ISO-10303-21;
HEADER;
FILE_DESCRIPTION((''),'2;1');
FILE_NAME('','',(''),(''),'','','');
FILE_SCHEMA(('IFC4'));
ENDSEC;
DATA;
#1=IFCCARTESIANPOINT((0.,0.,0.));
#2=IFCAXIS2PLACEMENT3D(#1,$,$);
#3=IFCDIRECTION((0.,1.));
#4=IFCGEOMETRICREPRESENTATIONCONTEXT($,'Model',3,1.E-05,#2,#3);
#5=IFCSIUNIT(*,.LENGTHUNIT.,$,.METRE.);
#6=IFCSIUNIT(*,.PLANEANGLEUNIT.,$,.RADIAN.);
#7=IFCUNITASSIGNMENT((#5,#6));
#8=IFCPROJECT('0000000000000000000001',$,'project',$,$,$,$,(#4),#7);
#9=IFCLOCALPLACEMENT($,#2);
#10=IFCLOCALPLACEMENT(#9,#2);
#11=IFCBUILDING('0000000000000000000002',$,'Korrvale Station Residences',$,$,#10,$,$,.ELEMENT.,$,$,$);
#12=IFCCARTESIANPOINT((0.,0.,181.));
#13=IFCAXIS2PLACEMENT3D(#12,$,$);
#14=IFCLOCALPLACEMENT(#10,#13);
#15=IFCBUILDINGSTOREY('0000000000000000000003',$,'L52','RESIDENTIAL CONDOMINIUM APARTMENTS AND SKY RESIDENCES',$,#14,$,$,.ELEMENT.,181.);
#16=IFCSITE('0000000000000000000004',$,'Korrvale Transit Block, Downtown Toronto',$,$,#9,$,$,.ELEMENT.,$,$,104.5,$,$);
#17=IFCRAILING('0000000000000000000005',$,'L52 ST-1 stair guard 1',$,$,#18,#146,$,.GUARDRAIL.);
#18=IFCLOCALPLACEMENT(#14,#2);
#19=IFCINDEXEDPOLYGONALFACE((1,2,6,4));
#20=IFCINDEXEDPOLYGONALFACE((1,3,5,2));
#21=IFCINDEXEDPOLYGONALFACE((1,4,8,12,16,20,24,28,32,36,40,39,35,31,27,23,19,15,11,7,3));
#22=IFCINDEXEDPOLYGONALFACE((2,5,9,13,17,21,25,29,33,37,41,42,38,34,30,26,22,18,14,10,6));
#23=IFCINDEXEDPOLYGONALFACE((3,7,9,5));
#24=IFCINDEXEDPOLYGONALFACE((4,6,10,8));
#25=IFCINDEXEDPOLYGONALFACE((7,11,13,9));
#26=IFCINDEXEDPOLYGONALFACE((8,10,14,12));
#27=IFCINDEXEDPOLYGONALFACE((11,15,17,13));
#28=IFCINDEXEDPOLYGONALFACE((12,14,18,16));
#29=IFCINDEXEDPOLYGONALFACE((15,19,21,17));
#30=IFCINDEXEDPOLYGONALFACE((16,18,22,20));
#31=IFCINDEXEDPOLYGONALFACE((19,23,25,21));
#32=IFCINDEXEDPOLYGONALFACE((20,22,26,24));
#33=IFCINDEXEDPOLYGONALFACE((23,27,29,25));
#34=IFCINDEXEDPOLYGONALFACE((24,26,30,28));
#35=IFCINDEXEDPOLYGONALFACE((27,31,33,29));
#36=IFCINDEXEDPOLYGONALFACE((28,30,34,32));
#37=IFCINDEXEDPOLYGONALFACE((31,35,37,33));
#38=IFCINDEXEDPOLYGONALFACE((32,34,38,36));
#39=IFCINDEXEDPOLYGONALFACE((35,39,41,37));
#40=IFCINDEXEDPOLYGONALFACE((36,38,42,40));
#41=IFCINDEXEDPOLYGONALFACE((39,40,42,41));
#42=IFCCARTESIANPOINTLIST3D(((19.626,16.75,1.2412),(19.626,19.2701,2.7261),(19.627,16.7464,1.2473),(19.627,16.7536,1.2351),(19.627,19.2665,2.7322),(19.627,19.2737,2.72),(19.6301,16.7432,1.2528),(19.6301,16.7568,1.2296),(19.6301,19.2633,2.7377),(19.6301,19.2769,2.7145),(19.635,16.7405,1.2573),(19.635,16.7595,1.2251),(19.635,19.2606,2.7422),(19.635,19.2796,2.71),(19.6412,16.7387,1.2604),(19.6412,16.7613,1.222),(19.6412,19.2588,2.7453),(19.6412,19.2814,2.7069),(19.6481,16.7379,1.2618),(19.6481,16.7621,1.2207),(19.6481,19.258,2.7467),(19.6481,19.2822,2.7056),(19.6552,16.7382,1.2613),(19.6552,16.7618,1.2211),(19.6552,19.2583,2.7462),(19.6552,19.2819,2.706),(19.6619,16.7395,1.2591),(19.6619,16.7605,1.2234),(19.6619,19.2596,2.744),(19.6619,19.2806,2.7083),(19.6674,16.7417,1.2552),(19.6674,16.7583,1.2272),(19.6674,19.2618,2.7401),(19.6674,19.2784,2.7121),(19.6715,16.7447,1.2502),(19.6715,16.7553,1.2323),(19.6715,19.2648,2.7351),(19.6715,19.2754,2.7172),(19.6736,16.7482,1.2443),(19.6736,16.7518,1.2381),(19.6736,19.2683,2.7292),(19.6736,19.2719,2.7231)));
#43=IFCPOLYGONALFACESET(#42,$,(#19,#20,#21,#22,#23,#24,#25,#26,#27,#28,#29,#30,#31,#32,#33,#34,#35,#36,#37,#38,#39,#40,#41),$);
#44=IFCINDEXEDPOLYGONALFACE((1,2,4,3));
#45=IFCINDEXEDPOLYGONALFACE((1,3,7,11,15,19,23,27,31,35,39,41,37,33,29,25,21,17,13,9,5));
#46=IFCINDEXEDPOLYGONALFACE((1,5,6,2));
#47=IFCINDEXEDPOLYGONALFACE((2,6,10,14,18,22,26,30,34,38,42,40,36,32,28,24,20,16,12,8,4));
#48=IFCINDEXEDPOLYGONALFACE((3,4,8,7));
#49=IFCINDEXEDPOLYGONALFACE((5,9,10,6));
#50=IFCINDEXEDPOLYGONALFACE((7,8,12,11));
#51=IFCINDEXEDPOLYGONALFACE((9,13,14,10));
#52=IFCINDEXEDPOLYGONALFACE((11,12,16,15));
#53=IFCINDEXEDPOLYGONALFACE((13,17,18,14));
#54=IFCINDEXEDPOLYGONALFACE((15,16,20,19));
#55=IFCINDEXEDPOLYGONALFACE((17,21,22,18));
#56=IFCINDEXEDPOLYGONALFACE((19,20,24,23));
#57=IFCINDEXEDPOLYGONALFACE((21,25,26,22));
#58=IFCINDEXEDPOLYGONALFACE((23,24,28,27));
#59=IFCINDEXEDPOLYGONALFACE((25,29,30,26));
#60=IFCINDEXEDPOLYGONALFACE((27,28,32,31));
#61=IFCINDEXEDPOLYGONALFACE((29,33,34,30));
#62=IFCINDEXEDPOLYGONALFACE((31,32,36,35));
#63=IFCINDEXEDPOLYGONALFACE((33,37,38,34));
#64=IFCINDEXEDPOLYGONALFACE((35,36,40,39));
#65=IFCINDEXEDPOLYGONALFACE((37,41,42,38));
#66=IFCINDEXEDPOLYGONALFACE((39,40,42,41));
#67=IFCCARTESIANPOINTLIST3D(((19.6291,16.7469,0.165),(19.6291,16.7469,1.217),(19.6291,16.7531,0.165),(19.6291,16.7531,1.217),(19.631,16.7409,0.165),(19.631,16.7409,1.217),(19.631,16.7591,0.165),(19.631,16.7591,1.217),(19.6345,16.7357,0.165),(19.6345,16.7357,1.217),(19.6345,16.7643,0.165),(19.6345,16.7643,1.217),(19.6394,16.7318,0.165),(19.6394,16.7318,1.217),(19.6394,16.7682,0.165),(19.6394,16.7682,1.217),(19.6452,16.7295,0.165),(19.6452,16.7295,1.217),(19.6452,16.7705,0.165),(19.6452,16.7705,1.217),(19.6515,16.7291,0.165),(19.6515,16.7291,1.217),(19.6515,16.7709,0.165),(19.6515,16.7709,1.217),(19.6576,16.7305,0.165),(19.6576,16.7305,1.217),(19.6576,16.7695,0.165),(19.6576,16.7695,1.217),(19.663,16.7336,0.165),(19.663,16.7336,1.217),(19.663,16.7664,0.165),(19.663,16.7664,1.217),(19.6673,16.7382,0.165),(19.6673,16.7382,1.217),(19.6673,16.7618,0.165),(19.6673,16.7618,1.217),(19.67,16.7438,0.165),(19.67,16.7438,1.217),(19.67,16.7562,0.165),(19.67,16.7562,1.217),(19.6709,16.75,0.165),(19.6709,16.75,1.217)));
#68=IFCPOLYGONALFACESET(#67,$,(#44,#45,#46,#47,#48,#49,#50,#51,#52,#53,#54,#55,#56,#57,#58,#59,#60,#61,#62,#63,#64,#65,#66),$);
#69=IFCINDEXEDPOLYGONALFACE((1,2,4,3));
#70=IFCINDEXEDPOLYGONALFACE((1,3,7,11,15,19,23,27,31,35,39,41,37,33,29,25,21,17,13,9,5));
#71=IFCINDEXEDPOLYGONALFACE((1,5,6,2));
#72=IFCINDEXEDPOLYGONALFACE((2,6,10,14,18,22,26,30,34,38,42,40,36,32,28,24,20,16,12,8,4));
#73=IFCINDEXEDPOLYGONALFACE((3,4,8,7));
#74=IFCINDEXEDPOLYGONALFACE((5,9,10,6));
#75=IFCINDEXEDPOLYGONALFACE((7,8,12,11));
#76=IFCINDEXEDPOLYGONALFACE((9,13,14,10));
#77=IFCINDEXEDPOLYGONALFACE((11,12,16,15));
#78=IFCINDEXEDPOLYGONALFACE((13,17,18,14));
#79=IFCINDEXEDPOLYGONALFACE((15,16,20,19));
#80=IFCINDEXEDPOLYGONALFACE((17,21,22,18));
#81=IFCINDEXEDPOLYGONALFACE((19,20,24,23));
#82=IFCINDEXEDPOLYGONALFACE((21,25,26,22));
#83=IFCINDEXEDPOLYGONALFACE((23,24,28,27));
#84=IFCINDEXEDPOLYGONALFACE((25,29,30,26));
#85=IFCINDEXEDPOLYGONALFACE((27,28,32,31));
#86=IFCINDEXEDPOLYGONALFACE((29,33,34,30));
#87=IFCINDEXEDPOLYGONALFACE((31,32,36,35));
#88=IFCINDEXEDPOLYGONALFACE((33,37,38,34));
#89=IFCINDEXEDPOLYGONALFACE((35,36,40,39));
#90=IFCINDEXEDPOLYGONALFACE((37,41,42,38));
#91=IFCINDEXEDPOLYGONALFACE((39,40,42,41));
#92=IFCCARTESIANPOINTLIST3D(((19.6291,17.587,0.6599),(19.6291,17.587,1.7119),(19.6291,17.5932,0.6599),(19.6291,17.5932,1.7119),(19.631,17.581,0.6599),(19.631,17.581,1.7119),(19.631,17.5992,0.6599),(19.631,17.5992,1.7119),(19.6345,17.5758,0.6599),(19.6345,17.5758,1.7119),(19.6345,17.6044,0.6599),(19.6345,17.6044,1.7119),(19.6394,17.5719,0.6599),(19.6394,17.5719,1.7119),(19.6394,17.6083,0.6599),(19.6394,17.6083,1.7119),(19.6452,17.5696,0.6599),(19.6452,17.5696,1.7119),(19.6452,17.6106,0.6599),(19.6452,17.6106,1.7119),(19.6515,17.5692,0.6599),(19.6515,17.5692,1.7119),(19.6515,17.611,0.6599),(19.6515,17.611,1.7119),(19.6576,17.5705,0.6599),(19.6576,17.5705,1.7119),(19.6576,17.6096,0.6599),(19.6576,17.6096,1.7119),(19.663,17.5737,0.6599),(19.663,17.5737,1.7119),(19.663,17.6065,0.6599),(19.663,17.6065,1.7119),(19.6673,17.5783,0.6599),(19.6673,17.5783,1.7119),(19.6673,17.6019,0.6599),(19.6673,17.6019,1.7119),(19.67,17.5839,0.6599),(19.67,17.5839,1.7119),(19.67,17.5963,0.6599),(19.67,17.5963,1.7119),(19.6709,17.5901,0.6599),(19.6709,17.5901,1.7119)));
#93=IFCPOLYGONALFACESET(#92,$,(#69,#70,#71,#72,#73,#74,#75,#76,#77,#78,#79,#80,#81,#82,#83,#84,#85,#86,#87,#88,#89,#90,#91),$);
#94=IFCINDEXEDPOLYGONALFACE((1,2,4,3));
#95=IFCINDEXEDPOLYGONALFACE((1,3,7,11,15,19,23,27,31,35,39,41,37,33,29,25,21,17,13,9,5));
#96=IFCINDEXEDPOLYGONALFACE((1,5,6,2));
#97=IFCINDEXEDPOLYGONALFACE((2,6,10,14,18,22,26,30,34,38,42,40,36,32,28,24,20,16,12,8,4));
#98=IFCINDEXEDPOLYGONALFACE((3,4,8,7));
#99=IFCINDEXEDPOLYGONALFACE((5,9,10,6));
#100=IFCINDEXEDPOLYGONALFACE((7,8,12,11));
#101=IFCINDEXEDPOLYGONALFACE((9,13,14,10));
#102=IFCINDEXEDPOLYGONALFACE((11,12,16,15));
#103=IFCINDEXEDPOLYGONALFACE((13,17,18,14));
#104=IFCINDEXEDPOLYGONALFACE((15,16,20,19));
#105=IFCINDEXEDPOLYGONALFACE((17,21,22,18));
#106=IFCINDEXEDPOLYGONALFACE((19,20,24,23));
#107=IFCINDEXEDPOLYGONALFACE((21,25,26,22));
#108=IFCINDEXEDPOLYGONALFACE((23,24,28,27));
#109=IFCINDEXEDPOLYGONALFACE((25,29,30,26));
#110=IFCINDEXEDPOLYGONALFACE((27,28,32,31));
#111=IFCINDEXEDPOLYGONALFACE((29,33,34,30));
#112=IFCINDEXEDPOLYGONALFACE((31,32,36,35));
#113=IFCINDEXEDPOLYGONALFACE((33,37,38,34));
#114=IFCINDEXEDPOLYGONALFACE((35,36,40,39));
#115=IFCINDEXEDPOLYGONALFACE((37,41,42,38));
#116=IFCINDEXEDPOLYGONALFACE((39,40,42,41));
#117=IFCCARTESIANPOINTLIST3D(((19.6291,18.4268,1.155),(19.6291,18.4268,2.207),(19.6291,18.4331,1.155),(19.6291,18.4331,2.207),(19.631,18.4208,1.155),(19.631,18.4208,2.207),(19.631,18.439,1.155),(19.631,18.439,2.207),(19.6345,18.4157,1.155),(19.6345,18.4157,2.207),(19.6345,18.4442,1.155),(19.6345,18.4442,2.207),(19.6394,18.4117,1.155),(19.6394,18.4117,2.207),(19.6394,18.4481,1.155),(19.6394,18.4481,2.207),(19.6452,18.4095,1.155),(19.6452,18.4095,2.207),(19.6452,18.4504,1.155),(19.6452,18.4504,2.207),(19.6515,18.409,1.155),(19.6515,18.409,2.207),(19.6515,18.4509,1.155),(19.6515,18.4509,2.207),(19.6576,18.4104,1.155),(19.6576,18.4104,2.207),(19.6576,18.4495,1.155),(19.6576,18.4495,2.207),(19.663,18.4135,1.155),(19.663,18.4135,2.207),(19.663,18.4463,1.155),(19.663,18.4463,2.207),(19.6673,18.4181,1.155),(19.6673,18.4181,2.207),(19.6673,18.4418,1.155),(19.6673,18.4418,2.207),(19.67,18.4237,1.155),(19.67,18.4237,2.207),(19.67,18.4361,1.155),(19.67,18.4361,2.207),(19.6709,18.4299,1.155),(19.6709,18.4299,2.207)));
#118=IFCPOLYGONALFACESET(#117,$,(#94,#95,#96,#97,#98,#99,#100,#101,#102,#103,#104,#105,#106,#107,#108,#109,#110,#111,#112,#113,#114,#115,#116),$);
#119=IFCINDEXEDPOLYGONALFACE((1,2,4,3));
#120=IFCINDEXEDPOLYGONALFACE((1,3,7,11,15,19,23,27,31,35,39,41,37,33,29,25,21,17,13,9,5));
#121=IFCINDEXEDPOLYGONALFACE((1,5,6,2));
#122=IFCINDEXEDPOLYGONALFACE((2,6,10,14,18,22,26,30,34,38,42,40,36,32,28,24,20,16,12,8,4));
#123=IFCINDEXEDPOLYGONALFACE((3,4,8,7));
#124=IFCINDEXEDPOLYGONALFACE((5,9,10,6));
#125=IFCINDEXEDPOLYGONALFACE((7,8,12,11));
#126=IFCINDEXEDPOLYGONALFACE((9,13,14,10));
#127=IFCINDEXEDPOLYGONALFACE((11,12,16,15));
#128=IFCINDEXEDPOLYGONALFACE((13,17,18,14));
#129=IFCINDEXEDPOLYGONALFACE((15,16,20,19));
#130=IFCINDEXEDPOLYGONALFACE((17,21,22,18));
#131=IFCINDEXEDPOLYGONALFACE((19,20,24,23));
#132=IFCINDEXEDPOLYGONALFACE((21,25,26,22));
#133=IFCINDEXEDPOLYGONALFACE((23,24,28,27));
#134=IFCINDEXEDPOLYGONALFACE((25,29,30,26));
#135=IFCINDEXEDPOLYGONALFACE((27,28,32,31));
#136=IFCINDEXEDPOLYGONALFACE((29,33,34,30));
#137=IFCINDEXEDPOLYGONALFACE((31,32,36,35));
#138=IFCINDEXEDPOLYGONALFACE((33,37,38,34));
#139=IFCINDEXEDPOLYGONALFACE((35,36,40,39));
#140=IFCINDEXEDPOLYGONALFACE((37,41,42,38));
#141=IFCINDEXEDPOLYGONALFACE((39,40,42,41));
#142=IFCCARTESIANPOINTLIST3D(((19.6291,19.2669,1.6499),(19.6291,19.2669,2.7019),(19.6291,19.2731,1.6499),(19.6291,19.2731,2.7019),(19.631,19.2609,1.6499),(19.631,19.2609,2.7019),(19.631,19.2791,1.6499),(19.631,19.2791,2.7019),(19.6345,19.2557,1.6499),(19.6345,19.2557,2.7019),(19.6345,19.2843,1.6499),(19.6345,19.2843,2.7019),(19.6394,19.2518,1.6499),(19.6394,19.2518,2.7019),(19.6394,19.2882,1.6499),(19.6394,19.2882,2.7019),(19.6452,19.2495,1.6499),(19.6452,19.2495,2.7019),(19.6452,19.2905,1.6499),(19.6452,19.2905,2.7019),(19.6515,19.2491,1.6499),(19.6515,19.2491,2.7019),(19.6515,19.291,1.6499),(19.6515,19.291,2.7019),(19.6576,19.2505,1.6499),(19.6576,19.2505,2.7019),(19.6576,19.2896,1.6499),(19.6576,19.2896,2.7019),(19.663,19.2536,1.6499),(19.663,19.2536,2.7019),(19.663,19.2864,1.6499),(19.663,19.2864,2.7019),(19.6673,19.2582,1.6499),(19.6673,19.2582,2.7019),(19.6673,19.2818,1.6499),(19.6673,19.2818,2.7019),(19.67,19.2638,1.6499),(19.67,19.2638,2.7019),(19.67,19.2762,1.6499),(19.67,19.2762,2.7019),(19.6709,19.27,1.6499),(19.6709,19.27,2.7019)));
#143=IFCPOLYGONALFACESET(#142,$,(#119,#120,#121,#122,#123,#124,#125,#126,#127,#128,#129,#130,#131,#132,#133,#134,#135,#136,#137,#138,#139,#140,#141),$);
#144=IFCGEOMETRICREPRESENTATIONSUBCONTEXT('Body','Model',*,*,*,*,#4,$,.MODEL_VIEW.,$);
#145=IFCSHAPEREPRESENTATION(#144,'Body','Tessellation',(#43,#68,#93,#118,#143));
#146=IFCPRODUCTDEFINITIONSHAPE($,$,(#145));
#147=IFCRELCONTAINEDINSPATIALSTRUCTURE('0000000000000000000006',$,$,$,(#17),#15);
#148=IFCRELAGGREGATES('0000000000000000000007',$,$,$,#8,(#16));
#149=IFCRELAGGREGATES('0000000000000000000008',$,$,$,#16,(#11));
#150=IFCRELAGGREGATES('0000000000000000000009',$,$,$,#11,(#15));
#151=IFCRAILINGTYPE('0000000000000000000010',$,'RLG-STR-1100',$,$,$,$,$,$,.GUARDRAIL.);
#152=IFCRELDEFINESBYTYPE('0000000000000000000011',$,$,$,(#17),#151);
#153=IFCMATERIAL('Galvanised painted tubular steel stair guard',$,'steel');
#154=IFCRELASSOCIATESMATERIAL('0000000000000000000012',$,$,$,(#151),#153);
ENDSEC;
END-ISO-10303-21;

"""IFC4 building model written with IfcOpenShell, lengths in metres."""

from ifc_helpers import new_model, si_unit, direction, frame, origin, origin_2d, place, context, subcontext, project, spatial, circle, extrude, material, type_object, element, save


model = new_model("IFC4")

# Units and contexts
model_context = context("Model", 3, precision=1e-05, world=origin(), true_north=direction((0.0, 1.0)))
body_context = subcontext(model_context, "Body", "Model", "MODEL_VIEW")
ifc_project = project(units=[si_unit("LENGTHUNIT", "METRE"), si_unit("PLANEANGLEUNIT", "RADIAN")], contexts=[model_context])

# Site, building, storey
site_placement = place(None, origin())
site = spatial("IfcSite", under=ifc_project, at=site_placement, Name="Korrvale Transit Block, Downtown Toronto", CompositionType="ELEMENT", RefElevation=104.5)
building_placement = place(site_placement, origin())
building = spatial("IfcBuilding", under=site, at=building_placement, Name="Korrvale Station Residences", CompositionType="ELEMENT")
storey_placement = place(building_placement, frame((0.0, 0.0, 181.0)))
storey = spatial("IfcBuildingStorey", under=building, at=storey_placement, Name="L52", Description="RESIDENTIAL CONDOMINIUM APARTMENTS AND SKY RESIDENCES", CompositionType="ELEMENT", Elevation=181.0)

# Railing
ifc_material_1 = material(Name="Galvanised painted tubular steel stair guard", Category="steel")
railing_type_1 = type_object("IfcRailingType", Name="RLG-STR-1100", PredefinedType="GUARDRAIL", material=ifc_material_1)
railing_1_placement = place(storey_placement, frame((19.6499, 16.75, 0.165)))
element("IfcRailing", 1, at=railing_1_placement, inside=storey, type_object=railing_type_1, Name="L52 ST-1 stair guard 1", PredefinedType="GUARDRAIL", context=body_context, shape_type="SweptSolid", body=[
    extrude(circle(Radius=0.0239, at=origin_2d()), frame((0.0, 0.0, 1.0762), z_axis=(0.0, 0.861561, 0.507655), x_axis=(-1.0, 0.0, 0.0)), (0.0, 0.0, 1.0), 2.925),
    extrude(circle(Radius=0.021, at=origin_2d()), origin(), (0.0, 0.0, 1.0), 1.052),
    extrude(circle(Radius=0.021, at=origin_2d()), frame((0.0, 0.8401, 0.4949)), (0.0, 0.0, 1.0), 1.052),
    extrude(circle(Radius=0.021, at=origin_2d()), frame((0.0, 1.6799, 0.99)), (0.0, 0.0, 1.0), 1.052),
    extrude(circle(Radius=0.021, at=origin_2d()), frame((0.0, 2.52, 1.4849)), (0.0, 0.0, 1.0), 1.052),
])

save(model, "model.ifc")
